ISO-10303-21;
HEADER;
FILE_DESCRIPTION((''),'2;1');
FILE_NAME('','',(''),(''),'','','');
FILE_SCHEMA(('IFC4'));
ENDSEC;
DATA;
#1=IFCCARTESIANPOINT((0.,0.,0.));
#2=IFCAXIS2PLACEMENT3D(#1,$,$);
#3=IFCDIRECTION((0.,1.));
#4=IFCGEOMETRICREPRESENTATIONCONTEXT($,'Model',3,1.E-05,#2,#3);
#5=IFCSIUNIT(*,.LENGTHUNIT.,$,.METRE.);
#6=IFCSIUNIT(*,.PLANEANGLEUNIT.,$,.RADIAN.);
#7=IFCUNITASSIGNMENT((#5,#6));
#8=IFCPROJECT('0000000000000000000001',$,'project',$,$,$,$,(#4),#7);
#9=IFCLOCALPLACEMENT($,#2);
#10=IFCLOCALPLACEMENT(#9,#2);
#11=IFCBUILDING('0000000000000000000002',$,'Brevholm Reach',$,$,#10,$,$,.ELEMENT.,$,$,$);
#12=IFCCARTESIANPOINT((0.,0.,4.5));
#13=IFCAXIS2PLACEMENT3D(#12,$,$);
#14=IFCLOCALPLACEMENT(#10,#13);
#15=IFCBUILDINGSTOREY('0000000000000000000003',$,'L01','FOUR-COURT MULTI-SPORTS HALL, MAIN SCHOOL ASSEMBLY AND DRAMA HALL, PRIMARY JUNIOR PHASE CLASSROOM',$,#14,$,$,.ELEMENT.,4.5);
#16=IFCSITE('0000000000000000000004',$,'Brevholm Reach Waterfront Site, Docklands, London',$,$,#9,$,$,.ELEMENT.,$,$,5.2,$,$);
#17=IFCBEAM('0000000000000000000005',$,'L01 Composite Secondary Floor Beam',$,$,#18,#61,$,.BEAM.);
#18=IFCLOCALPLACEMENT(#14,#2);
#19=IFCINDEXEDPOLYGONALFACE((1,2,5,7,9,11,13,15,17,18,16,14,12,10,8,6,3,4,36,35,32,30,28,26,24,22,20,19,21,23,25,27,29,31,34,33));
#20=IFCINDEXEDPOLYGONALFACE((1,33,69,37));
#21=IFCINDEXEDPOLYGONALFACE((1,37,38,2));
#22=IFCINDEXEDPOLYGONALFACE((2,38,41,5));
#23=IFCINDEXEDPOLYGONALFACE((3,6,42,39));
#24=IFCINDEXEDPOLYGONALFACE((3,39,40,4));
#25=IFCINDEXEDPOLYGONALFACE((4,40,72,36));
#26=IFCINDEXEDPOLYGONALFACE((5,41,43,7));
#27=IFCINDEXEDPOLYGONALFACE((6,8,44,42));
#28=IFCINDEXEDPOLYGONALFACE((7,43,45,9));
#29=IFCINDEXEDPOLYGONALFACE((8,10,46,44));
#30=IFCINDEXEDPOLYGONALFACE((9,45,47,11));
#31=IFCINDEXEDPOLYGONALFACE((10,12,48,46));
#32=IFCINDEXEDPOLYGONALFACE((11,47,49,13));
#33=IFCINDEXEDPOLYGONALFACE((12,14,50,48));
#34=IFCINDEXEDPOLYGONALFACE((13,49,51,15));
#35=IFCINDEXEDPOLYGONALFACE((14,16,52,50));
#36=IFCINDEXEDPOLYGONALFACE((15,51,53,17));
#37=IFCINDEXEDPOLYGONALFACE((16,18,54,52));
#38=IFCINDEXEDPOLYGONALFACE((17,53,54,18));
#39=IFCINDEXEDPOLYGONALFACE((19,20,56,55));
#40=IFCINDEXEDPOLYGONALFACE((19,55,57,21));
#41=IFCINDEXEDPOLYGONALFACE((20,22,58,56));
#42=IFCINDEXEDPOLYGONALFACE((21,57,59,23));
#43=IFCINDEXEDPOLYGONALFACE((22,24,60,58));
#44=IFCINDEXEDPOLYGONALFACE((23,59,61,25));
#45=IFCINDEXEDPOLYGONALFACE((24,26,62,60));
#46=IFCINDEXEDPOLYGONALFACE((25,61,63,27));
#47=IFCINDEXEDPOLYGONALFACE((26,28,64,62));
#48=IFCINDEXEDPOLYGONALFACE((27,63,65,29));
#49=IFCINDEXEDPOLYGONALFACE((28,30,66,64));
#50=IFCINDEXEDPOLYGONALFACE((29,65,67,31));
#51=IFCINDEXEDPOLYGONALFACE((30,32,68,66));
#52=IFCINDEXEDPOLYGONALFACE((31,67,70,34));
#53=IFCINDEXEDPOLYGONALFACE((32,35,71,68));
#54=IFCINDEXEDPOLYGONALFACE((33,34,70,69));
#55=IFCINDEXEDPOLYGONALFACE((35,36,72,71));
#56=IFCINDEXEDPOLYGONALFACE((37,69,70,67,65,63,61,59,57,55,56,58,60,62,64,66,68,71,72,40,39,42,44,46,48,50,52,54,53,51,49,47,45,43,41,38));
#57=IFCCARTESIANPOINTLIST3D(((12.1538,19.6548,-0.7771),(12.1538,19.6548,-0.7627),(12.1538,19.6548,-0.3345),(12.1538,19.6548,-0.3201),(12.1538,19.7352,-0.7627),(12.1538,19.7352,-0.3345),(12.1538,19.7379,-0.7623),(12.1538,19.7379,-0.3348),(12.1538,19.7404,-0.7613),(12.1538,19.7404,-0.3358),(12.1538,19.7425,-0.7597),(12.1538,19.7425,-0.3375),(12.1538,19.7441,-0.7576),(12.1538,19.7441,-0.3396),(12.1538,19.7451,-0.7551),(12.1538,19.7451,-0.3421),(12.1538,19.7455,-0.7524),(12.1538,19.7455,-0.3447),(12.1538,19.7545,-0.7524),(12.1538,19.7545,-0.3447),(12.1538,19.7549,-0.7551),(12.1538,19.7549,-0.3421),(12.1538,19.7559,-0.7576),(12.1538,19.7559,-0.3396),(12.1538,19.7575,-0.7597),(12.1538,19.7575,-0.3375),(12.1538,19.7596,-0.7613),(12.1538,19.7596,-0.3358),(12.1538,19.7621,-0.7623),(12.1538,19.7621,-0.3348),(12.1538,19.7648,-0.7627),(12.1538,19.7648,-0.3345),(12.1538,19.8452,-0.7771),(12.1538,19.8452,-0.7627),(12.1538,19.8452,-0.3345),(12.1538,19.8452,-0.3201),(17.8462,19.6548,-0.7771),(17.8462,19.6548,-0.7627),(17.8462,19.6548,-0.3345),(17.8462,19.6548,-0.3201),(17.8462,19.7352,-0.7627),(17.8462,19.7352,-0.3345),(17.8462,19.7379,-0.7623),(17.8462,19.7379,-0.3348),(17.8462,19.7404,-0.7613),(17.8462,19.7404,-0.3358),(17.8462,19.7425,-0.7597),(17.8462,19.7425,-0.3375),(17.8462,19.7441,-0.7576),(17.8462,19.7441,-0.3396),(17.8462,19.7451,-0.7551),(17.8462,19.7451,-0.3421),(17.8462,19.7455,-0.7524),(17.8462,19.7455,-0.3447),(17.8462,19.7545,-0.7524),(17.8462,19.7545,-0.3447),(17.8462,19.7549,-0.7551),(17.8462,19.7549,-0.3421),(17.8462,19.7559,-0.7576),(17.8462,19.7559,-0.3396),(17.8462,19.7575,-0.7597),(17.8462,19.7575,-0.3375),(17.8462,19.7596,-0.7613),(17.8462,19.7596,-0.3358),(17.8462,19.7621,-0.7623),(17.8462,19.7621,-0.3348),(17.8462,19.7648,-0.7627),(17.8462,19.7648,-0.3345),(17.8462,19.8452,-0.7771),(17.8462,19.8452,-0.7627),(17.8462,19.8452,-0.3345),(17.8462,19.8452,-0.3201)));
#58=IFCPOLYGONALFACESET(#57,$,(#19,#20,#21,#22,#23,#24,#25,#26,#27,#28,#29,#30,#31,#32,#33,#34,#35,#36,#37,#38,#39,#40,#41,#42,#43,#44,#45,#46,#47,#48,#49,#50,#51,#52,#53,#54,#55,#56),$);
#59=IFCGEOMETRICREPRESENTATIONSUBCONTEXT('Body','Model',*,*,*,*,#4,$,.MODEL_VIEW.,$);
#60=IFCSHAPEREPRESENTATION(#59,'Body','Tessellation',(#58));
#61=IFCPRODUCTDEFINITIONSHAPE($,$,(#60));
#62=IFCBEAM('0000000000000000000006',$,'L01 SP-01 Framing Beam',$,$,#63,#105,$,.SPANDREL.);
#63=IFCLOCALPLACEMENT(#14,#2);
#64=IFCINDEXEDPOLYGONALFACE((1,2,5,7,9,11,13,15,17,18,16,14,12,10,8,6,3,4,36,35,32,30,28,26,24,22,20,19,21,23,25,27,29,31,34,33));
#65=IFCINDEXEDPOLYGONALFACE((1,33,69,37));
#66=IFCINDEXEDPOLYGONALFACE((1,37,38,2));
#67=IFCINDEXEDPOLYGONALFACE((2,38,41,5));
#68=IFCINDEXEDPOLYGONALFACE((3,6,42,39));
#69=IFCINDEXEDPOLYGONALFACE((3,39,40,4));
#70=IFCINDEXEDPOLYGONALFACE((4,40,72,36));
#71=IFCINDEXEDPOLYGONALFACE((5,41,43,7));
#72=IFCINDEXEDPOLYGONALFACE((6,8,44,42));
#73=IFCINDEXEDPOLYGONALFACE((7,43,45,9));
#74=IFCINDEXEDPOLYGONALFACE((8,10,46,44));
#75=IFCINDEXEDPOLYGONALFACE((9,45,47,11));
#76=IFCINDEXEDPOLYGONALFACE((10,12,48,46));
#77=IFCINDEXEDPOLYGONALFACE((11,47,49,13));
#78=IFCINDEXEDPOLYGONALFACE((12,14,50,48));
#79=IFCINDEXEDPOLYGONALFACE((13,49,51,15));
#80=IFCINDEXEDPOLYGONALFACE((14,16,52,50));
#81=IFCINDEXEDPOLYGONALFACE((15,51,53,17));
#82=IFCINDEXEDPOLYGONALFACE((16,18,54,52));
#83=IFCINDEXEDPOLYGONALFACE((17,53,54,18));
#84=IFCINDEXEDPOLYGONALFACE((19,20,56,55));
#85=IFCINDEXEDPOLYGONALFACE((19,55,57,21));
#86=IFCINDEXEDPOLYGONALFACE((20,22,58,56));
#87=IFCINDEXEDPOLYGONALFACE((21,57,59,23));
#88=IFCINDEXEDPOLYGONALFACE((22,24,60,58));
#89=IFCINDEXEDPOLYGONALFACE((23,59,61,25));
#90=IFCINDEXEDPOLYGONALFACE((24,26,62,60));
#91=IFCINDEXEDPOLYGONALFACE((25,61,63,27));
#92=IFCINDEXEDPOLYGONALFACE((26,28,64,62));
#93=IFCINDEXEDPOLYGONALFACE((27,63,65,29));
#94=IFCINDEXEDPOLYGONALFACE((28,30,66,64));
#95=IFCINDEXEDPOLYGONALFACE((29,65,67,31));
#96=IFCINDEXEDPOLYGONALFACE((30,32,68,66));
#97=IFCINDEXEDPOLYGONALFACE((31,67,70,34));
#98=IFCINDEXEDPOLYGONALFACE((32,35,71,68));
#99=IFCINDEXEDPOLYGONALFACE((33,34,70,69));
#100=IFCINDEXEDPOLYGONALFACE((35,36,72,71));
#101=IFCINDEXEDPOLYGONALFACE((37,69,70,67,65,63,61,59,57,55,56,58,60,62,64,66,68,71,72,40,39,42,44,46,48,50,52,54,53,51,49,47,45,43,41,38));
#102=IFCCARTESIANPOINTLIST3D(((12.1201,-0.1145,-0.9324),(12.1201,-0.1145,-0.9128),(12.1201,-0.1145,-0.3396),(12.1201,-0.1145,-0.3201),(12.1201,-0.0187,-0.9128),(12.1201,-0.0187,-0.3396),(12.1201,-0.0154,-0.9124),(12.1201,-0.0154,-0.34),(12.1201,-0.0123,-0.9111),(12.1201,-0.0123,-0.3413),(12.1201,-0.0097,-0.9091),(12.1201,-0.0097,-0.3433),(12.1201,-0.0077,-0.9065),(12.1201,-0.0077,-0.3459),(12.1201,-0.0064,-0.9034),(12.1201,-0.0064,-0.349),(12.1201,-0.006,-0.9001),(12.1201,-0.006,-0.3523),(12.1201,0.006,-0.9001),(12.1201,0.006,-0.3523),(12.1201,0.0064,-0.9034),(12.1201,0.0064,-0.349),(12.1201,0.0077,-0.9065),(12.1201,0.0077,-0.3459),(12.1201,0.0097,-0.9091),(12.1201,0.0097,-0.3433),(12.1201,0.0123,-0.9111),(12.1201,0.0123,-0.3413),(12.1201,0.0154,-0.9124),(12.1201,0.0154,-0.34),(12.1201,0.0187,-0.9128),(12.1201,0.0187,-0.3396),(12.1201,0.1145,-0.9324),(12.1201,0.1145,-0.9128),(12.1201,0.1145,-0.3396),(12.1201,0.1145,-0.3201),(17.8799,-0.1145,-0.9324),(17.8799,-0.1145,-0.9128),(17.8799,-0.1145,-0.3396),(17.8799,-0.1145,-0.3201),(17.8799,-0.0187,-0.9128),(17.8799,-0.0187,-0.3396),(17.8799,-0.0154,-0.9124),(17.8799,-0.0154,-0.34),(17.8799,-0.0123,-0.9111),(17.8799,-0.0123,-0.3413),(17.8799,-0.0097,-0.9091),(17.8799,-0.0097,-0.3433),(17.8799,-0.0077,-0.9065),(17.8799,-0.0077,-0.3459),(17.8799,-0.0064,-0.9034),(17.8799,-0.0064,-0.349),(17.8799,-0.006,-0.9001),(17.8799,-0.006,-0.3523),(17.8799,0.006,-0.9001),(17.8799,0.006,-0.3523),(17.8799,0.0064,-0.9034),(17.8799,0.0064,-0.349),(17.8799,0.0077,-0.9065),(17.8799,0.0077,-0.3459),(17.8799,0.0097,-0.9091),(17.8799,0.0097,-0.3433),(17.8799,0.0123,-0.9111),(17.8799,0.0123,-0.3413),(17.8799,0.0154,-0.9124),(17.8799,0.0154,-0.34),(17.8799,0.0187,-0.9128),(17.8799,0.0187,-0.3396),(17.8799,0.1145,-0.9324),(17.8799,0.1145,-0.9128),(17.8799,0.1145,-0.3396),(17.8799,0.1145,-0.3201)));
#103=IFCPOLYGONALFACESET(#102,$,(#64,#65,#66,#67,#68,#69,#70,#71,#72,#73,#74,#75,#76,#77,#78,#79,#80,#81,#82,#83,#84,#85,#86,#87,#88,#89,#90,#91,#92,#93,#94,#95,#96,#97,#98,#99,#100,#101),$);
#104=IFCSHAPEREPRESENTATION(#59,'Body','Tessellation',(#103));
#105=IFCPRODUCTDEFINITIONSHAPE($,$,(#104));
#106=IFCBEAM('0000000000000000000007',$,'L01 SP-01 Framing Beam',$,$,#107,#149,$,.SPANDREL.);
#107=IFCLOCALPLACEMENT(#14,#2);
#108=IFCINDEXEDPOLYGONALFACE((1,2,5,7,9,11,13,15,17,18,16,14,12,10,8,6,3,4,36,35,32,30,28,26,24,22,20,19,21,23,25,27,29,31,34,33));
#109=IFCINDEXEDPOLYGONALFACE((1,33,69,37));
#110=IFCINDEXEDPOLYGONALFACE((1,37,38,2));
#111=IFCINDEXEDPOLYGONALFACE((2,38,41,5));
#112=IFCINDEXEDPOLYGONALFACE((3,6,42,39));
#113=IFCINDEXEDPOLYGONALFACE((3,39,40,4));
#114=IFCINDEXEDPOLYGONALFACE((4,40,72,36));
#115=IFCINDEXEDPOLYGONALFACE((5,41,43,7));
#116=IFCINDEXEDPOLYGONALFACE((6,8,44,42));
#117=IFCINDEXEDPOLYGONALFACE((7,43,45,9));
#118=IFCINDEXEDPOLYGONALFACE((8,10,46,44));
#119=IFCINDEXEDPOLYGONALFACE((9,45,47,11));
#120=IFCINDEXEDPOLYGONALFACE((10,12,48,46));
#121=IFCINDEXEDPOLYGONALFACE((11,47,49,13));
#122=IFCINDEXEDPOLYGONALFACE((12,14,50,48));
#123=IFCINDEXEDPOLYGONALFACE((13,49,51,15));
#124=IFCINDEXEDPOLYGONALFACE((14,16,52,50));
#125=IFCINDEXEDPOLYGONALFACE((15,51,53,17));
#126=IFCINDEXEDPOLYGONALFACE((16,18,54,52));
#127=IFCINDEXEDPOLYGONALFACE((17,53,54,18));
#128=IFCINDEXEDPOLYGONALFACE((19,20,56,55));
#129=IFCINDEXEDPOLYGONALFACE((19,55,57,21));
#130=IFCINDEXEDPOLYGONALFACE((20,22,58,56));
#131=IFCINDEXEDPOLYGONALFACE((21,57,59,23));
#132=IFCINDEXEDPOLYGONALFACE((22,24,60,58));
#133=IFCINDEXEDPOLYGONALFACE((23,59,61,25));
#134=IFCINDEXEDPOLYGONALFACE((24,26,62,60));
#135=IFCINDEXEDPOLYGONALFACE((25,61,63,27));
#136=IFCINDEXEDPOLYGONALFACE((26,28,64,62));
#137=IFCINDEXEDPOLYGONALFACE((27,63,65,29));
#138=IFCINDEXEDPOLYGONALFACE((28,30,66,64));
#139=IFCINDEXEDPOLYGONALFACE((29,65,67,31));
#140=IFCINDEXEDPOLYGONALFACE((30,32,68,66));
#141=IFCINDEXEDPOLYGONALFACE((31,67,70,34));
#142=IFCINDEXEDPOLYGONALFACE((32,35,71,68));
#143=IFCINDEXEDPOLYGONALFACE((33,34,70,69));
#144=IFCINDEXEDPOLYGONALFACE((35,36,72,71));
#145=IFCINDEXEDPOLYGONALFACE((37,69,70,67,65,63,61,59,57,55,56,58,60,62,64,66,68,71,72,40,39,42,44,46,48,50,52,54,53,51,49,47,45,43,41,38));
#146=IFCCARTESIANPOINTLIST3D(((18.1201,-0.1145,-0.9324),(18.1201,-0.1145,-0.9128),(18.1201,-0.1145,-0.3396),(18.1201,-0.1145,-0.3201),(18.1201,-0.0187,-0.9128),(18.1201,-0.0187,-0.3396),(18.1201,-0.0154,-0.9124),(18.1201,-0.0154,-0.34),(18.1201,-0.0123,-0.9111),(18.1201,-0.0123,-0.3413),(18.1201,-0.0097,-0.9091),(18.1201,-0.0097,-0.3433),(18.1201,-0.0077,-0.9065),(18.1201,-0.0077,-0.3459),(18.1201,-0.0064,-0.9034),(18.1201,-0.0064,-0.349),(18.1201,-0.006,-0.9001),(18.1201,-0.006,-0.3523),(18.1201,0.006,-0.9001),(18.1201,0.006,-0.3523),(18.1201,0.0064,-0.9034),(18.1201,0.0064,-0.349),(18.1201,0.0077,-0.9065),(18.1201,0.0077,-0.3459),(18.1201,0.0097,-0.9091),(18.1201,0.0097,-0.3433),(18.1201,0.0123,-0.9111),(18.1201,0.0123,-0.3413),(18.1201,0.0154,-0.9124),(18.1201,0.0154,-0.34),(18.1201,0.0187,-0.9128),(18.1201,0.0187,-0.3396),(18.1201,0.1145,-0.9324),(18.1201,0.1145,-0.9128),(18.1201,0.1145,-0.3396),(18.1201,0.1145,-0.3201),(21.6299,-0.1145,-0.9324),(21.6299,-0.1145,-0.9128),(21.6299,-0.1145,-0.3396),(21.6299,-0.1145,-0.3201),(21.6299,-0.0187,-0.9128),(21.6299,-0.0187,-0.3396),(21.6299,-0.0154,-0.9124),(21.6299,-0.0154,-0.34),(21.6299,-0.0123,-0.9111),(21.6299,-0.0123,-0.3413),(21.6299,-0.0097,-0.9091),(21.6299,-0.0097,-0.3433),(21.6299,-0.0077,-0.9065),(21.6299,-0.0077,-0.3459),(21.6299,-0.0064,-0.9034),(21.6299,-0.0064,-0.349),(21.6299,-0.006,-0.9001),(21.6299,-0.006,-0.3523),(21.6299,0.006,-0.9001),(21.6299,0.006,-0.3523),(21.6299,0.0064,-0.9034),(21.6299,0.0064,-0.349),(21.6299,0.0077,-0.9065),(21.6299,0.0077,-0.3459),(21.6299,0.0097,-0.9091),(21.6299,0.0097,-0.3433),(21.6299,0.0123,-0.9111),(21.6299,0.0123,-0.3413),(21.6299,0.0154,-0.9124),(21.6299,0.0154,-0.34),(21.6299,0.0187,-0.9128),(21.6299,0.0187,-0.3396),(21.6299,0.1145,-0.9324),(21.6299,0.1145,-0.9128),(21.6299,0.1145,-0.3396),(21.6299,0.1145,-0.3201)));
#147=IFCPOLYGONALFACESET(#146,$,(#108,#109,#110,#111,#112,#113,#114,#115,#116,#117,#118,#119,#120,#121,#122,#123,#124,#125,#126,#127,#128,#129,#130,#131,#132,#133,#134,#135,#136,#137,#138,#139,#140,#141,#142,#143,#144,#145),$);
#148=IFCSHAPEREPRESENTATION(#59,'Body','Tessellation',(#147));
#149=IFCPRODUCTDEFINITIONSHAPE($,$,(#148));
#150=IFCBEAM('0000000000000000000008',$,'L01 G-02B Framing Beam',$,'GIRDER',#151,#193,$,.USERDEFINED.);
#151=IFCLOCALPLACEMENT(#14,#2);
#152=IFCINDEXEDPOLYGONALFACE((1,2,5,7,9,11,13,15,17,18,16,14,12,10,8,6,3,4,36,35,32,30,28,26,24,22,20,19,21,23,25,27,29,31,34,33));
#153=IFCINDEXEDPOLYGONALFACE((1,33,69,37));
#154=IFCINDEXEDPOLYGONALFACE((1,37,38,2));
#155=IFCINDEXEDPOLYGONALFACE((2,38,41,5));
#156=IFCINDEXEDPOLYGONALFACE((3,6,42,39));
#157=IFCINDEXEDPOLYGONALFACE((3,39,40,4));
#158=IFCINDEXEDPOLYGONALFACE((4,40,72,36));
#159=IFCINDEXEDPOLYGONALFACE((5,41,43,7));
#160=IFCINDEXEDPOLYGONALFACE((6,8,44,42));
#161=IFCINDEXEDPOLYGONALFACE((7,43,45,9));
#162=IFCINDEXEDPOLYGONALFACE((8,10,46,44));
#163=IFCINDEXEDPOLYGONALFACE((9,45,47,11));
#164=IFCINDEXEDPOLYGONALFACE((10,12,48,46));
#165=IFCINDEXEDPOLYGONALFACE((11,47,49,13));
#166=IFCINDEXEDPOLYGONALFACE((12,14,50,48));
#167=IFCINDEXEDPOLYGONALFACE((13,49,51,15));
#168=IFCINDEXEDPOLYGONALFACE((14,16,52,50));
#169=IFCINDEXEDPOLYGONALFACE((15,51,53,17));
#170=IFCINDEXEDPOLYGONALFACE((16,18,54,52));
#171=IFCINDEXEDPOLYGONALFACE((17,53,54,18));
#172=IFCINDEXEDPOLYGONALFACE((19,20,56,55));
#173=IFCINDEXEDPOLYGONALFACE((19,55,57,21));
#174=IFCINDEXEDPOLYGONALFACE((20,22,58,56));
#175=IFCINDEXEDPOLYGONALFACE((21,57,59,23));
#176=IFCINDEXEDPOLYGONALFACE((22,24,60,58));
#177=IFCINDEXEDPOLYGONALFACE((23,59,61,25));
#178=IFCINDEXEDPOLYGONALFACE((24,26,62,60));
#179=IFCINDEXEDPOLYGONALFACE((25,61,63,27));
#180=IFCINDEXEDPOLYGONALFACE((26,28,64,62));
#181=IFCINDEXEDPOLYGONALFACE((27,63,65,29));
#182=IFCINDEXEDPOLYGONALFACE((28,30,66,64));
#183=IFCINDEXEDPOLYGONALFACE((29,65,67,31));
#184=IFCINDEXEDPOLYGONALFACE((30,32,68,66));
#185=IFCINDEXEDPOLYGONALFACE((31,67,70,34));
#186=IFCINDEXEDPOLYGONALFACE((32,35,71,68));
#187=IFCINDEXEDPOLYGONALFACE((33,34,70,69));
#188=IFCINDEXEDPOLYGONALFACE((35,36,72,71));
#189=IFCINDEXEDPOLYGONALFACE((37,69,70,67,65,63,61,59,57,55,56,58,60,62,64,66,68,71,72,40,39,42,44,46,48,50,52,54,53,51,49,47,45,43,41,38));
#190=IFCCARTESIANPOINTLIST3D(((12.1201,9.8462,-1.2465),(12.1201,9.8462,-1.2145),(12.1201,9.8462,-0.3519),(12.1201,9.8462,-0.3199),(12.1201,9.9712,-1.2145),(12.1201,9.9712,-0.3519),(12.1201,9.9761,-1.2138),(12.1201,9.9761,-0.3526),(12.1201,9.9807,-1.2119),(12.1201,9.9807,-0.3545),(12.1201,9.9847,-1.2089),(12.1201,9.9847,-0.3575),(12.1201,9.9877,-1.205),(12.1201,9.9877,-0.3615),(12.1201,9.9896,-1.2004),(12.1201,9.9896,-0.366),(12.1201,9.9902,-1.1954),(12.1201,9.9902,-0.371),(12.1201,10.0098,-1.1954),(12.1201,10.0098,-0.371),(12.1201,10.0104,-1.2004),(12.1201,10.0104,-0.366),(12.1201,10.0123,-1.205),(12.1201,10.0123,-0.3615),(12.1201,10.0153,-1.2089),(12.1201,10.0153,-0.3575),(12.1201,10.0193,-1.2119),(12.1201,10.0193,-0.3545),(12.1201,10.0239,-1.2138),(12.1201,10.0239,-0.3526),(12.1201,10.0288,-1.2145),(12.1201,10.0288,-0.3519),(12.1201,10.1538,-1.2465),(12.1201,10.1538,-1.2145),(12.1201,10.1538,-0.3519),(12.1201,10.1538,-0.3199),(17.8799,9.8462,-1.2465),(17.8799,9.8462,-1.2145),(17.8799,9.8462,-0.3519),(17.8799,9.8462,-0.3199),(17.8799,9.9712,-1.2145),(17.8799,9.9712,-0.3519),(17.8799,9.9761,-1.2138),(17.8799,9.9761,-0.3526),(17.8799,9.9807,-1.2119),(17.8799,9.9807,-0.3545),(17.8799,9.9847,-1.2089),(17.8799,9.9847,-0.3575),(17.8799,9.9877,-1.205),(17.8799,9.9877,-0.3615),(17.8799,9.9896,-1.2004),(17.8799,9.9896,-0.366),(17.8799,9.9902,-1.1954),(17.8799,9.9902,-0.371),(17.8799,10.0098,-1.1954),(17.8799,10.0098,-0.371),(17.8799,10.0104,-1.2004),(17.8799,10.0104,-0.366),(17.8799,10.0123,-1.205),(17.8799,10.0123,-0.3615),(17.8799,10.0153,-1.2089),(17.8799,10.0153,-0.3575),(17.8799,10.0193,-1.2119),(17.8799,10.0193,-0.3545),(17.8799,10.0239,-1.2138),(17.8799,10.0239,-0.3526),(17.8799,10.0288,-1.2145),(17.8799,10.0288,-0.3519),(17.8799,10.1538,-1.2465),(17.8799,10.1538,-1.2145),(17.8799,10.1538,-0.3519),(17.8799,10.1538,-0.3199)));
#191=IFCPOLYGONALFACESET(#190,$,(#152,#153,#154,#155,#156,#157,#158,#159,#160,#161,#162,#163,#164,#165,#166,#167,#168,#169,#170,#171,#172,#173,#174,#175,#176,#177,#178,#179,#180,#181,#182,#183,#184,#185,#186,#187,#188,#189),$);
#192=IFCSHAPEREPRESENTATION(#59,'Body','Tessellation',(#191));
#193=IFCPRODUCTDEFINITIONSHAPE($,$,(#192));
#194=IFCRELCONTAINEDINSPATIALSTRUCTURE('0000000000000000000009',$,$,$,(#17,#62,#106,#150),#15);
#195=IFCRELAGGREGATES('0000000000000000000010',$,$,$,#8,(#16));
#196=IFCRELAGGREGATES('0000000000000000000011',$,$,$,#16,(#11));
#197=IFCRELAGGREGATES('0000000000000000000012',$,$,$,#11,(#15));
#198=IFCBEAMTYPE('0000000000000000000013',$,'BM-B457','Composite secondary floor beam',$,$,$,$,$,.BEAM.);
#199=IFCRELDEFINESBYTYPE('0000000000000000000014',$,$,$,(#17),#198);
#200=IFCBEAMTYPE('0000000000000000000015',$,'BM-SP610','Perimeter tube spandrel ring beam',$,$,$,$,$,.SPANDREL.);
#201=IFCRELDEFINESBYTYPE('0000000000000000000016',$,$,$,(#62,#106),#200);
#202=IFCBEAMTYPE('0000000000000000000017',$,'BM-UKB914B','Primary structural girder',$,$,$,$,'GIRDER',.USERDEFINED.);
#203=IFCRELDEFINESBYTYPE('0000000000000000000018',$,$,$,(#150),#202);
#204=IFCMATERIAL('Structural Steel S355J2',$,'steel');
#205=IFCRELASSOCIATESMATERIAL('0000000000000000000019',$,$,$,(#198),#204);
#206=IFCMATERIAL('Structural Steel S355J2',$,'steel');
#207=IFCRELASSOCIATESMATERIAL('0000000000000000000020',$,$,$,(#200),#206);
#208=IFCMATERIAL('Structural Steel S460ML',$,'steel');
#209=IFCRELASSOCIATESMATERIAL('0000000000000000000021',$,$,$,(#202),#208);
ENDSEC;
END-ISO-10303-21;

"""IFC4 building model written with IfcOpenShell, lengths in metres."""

from ifc_helpers import new_model, si_unit, direction, frame, origin, origin_2d, place, context, subcontext, project, spatial, i_section, extrude, material, material_profile, profile_set, type_object, element, save


model = new_model("IFC4")

# Units and contexts
model_context = context("Model", 3, precision=1e-05, world=origin(), true_north=direction((0.0, 1.0)))
body_context = subcontext(model_context, "Body", "Model", "MODEL_VIEW")
ifc_project = project(units=[si_unit("LENGTHUNIT", "METRE"), si_unit("PLANEANGLEUNIT", "RADIAN")], contexts=[model_context])

# Site, building, storey
site_placement = place(None, origin())
site = spatial("IfcSite", under=ifc_project, at=site_placement, Name="Brevholm Reach Waterfront Site, Docklands, London", CompositionType="ELEMENT", RefElevation=5.2)
building_placement = place(site_placement, origin())
building = spatial("IfcBuilding", under=site, at=building_placement, Name="Brevholm Reach", CompositionType="ELEMENT")
storey_placement = place(building_placement, frame((0.0, 0.0, 4.5)))
storey = spatial("IfcBuildingStorey", under=building, at=storey_placement, Name="L01", Description="FOUR-COURT MULTI-SPORTS HALL, MAIN SCHOOL ASSEMBLY AND DRAMA HALL, PRIMARY JUNIOR PHASE CLASSROOM", CompositionType="ELEMENT", Elevation=4.5)

# Beams
ifc_material_1 = material(Name="Structural Steel S355J2", Category="steel")
ifc_material_profile_1 = material_profile(ifc_material_1, i_section(OverallWidth=0.1904, OverallDepth=0.457, WebThickness=0.009, FlangeThickness=0.0144, FilletRadius=0.0103, at=origin_2d()), Name="UKB 457x191x74")
ifc_profile_set_1 = profile_set([ifc_material_profile_1], Name="Structural Steel S355J2")
beam_type_1 = type_object("IfcBeamType", Name="BM-B457", Description="Composite secondary floor beam", PredefinedType="BEAM", material=ifc_profile_set_1)
beam_1_placement = place(storey_placement, frame((12.1538, 19.75, -0.5486), z_axis=(1.0, 0.0, 0.0), x_axis=(0.0, 1.0, 0.0)))
element("IfcBeam", 1, at=beam_1_placement, inside=storey, type_object=beam_type_1, Name="L01 Composite Secondary Floor Beam", PredefinedType="BEAM", context=body_context, shape_type="SweptSolid", body=[
    extrude(i_section(OverallWidth=0.1904, OverallDepth=0.457, WebThickness=0.009, FlangeThickness=0.0144, FilletRadius=0.0103, at=origin_2d()), origin(), (0.0, 0.0, 1.0), 5.6924),
])
ifc_material_2 = material(Name="Structural Steel S355J2", Category="steel")
ifc_material_profile_2 = material_profile(ifc_material_2, i_section(OverallWidth=0.229, OverallDepth=0.6123, WebThickness=0.012, FlangeThickness=0.0195, FilletRadius=0.0127, at=origin_2d()), Name="UKB 610x229x125")
ifc_profile_set_2 = profile_set([ifc_material_profile_2], Name="Structural Steel S355J2")
beam_type_2 = type_object("IfcBeamType", Name="BM-SP610", Description="Perimeter tube spandrel ring beam", PredefinedType="SPANDREL", material=ifc_profile_set_2)
beam_2_placement = place(storey_placement, frame((12.1201, 0.0, -0.6262), z_axis=(1.0, 0.0, 0.0), x_axis=(0.0, 1.0, 0.0)))
element("IfcBeam", 2, at=beam_2_placement, inside=storey, type_object=beam_type_2, Name="L01 SP-01 Framing Beam", PredefinedType="SPANDREL", context=body_context, shape_type="SweptSolid", body=[
    extrude(i_section(OverallWidth=0.229, OverallDepth=0.6123, WebThickness=0.012, FlangeThickness=0.0195, FilletRadius=0.0127, at=origin_2d()), origin(), (0.0, 0.0, 1.0), 5.7598),
])
beam_3_placement = place(storey_placement, frame((18.1201, 0.0, -0.6262), z_axis=(1.0, 0.0, 0.0), x_axis=(0.0, 1.0, 0.0)))
element("IfcBeam", 3, at=beam_3_placement, inside=storey, type_object=beam_type_2, Name="L01 SP-01 Framing Beam", PredefinedType="SPANDREL", context=body_context, shape_type="SweptSolid", body=[
    extrude(i_section(OverallWidth=0.229, OverallDepth=0.6123, WebThickness=0.012, FlangeThickness=0.0195, FilletRadius=0.0127, at=origin_2d()), origin(), (0.0, 0.0, 1.0), 3.5098),
])
ifc_material_3 = material(Name="Structural Steel S460ML", Category="steel")
ifc_material_profile_3 = material_profile(ifc_material_3, i_section(OverallWidth=0.3076, OverallDepth=0.9265, WebThickness=0.0195, FlangeThickness=0.032, FilletRadius=0.019, at=origin_2d()), Name="UKB 914x305x289")
ifc_profile_set_3 = profile_set([ifc_material_profile_3], Name="Structural Steel S460ML")
beam_type_3 = type_object("IfcBeamType", Name="BM-UKB914B", Description="Primary structural girder", ElementType="GIRDER", PredefinedType="USERDEFINED", material=ifc_profile_set_3)
beam_4_placement = place(storey_placement, frame((12.1201, 10.0, -0.7832), z_axis=(1.0, 0.0, 0.0), x_axis=(0.0, 1.0, 0.0)))
element("IfcBeam", 4, at=beam_4_placement, inside=storey, type_object=beam_type_3, Name="L01 G-02B Framing Beam", ObjectType="GIRDER", PredefinedType="USERDEFINED", context=body_context, shape_type="SweptSolid", body=[
    extrude(i_section(OverallWidth=0.3076, OverallDepth=0.9265, WebThickness=0.0195, FlangeThickness=0.032, FilletRadius=0.019, at=origin_2d()), origin(), (0.0, 0.0, 1.0), 5.7598),
])

save(model, "model.ifc")
